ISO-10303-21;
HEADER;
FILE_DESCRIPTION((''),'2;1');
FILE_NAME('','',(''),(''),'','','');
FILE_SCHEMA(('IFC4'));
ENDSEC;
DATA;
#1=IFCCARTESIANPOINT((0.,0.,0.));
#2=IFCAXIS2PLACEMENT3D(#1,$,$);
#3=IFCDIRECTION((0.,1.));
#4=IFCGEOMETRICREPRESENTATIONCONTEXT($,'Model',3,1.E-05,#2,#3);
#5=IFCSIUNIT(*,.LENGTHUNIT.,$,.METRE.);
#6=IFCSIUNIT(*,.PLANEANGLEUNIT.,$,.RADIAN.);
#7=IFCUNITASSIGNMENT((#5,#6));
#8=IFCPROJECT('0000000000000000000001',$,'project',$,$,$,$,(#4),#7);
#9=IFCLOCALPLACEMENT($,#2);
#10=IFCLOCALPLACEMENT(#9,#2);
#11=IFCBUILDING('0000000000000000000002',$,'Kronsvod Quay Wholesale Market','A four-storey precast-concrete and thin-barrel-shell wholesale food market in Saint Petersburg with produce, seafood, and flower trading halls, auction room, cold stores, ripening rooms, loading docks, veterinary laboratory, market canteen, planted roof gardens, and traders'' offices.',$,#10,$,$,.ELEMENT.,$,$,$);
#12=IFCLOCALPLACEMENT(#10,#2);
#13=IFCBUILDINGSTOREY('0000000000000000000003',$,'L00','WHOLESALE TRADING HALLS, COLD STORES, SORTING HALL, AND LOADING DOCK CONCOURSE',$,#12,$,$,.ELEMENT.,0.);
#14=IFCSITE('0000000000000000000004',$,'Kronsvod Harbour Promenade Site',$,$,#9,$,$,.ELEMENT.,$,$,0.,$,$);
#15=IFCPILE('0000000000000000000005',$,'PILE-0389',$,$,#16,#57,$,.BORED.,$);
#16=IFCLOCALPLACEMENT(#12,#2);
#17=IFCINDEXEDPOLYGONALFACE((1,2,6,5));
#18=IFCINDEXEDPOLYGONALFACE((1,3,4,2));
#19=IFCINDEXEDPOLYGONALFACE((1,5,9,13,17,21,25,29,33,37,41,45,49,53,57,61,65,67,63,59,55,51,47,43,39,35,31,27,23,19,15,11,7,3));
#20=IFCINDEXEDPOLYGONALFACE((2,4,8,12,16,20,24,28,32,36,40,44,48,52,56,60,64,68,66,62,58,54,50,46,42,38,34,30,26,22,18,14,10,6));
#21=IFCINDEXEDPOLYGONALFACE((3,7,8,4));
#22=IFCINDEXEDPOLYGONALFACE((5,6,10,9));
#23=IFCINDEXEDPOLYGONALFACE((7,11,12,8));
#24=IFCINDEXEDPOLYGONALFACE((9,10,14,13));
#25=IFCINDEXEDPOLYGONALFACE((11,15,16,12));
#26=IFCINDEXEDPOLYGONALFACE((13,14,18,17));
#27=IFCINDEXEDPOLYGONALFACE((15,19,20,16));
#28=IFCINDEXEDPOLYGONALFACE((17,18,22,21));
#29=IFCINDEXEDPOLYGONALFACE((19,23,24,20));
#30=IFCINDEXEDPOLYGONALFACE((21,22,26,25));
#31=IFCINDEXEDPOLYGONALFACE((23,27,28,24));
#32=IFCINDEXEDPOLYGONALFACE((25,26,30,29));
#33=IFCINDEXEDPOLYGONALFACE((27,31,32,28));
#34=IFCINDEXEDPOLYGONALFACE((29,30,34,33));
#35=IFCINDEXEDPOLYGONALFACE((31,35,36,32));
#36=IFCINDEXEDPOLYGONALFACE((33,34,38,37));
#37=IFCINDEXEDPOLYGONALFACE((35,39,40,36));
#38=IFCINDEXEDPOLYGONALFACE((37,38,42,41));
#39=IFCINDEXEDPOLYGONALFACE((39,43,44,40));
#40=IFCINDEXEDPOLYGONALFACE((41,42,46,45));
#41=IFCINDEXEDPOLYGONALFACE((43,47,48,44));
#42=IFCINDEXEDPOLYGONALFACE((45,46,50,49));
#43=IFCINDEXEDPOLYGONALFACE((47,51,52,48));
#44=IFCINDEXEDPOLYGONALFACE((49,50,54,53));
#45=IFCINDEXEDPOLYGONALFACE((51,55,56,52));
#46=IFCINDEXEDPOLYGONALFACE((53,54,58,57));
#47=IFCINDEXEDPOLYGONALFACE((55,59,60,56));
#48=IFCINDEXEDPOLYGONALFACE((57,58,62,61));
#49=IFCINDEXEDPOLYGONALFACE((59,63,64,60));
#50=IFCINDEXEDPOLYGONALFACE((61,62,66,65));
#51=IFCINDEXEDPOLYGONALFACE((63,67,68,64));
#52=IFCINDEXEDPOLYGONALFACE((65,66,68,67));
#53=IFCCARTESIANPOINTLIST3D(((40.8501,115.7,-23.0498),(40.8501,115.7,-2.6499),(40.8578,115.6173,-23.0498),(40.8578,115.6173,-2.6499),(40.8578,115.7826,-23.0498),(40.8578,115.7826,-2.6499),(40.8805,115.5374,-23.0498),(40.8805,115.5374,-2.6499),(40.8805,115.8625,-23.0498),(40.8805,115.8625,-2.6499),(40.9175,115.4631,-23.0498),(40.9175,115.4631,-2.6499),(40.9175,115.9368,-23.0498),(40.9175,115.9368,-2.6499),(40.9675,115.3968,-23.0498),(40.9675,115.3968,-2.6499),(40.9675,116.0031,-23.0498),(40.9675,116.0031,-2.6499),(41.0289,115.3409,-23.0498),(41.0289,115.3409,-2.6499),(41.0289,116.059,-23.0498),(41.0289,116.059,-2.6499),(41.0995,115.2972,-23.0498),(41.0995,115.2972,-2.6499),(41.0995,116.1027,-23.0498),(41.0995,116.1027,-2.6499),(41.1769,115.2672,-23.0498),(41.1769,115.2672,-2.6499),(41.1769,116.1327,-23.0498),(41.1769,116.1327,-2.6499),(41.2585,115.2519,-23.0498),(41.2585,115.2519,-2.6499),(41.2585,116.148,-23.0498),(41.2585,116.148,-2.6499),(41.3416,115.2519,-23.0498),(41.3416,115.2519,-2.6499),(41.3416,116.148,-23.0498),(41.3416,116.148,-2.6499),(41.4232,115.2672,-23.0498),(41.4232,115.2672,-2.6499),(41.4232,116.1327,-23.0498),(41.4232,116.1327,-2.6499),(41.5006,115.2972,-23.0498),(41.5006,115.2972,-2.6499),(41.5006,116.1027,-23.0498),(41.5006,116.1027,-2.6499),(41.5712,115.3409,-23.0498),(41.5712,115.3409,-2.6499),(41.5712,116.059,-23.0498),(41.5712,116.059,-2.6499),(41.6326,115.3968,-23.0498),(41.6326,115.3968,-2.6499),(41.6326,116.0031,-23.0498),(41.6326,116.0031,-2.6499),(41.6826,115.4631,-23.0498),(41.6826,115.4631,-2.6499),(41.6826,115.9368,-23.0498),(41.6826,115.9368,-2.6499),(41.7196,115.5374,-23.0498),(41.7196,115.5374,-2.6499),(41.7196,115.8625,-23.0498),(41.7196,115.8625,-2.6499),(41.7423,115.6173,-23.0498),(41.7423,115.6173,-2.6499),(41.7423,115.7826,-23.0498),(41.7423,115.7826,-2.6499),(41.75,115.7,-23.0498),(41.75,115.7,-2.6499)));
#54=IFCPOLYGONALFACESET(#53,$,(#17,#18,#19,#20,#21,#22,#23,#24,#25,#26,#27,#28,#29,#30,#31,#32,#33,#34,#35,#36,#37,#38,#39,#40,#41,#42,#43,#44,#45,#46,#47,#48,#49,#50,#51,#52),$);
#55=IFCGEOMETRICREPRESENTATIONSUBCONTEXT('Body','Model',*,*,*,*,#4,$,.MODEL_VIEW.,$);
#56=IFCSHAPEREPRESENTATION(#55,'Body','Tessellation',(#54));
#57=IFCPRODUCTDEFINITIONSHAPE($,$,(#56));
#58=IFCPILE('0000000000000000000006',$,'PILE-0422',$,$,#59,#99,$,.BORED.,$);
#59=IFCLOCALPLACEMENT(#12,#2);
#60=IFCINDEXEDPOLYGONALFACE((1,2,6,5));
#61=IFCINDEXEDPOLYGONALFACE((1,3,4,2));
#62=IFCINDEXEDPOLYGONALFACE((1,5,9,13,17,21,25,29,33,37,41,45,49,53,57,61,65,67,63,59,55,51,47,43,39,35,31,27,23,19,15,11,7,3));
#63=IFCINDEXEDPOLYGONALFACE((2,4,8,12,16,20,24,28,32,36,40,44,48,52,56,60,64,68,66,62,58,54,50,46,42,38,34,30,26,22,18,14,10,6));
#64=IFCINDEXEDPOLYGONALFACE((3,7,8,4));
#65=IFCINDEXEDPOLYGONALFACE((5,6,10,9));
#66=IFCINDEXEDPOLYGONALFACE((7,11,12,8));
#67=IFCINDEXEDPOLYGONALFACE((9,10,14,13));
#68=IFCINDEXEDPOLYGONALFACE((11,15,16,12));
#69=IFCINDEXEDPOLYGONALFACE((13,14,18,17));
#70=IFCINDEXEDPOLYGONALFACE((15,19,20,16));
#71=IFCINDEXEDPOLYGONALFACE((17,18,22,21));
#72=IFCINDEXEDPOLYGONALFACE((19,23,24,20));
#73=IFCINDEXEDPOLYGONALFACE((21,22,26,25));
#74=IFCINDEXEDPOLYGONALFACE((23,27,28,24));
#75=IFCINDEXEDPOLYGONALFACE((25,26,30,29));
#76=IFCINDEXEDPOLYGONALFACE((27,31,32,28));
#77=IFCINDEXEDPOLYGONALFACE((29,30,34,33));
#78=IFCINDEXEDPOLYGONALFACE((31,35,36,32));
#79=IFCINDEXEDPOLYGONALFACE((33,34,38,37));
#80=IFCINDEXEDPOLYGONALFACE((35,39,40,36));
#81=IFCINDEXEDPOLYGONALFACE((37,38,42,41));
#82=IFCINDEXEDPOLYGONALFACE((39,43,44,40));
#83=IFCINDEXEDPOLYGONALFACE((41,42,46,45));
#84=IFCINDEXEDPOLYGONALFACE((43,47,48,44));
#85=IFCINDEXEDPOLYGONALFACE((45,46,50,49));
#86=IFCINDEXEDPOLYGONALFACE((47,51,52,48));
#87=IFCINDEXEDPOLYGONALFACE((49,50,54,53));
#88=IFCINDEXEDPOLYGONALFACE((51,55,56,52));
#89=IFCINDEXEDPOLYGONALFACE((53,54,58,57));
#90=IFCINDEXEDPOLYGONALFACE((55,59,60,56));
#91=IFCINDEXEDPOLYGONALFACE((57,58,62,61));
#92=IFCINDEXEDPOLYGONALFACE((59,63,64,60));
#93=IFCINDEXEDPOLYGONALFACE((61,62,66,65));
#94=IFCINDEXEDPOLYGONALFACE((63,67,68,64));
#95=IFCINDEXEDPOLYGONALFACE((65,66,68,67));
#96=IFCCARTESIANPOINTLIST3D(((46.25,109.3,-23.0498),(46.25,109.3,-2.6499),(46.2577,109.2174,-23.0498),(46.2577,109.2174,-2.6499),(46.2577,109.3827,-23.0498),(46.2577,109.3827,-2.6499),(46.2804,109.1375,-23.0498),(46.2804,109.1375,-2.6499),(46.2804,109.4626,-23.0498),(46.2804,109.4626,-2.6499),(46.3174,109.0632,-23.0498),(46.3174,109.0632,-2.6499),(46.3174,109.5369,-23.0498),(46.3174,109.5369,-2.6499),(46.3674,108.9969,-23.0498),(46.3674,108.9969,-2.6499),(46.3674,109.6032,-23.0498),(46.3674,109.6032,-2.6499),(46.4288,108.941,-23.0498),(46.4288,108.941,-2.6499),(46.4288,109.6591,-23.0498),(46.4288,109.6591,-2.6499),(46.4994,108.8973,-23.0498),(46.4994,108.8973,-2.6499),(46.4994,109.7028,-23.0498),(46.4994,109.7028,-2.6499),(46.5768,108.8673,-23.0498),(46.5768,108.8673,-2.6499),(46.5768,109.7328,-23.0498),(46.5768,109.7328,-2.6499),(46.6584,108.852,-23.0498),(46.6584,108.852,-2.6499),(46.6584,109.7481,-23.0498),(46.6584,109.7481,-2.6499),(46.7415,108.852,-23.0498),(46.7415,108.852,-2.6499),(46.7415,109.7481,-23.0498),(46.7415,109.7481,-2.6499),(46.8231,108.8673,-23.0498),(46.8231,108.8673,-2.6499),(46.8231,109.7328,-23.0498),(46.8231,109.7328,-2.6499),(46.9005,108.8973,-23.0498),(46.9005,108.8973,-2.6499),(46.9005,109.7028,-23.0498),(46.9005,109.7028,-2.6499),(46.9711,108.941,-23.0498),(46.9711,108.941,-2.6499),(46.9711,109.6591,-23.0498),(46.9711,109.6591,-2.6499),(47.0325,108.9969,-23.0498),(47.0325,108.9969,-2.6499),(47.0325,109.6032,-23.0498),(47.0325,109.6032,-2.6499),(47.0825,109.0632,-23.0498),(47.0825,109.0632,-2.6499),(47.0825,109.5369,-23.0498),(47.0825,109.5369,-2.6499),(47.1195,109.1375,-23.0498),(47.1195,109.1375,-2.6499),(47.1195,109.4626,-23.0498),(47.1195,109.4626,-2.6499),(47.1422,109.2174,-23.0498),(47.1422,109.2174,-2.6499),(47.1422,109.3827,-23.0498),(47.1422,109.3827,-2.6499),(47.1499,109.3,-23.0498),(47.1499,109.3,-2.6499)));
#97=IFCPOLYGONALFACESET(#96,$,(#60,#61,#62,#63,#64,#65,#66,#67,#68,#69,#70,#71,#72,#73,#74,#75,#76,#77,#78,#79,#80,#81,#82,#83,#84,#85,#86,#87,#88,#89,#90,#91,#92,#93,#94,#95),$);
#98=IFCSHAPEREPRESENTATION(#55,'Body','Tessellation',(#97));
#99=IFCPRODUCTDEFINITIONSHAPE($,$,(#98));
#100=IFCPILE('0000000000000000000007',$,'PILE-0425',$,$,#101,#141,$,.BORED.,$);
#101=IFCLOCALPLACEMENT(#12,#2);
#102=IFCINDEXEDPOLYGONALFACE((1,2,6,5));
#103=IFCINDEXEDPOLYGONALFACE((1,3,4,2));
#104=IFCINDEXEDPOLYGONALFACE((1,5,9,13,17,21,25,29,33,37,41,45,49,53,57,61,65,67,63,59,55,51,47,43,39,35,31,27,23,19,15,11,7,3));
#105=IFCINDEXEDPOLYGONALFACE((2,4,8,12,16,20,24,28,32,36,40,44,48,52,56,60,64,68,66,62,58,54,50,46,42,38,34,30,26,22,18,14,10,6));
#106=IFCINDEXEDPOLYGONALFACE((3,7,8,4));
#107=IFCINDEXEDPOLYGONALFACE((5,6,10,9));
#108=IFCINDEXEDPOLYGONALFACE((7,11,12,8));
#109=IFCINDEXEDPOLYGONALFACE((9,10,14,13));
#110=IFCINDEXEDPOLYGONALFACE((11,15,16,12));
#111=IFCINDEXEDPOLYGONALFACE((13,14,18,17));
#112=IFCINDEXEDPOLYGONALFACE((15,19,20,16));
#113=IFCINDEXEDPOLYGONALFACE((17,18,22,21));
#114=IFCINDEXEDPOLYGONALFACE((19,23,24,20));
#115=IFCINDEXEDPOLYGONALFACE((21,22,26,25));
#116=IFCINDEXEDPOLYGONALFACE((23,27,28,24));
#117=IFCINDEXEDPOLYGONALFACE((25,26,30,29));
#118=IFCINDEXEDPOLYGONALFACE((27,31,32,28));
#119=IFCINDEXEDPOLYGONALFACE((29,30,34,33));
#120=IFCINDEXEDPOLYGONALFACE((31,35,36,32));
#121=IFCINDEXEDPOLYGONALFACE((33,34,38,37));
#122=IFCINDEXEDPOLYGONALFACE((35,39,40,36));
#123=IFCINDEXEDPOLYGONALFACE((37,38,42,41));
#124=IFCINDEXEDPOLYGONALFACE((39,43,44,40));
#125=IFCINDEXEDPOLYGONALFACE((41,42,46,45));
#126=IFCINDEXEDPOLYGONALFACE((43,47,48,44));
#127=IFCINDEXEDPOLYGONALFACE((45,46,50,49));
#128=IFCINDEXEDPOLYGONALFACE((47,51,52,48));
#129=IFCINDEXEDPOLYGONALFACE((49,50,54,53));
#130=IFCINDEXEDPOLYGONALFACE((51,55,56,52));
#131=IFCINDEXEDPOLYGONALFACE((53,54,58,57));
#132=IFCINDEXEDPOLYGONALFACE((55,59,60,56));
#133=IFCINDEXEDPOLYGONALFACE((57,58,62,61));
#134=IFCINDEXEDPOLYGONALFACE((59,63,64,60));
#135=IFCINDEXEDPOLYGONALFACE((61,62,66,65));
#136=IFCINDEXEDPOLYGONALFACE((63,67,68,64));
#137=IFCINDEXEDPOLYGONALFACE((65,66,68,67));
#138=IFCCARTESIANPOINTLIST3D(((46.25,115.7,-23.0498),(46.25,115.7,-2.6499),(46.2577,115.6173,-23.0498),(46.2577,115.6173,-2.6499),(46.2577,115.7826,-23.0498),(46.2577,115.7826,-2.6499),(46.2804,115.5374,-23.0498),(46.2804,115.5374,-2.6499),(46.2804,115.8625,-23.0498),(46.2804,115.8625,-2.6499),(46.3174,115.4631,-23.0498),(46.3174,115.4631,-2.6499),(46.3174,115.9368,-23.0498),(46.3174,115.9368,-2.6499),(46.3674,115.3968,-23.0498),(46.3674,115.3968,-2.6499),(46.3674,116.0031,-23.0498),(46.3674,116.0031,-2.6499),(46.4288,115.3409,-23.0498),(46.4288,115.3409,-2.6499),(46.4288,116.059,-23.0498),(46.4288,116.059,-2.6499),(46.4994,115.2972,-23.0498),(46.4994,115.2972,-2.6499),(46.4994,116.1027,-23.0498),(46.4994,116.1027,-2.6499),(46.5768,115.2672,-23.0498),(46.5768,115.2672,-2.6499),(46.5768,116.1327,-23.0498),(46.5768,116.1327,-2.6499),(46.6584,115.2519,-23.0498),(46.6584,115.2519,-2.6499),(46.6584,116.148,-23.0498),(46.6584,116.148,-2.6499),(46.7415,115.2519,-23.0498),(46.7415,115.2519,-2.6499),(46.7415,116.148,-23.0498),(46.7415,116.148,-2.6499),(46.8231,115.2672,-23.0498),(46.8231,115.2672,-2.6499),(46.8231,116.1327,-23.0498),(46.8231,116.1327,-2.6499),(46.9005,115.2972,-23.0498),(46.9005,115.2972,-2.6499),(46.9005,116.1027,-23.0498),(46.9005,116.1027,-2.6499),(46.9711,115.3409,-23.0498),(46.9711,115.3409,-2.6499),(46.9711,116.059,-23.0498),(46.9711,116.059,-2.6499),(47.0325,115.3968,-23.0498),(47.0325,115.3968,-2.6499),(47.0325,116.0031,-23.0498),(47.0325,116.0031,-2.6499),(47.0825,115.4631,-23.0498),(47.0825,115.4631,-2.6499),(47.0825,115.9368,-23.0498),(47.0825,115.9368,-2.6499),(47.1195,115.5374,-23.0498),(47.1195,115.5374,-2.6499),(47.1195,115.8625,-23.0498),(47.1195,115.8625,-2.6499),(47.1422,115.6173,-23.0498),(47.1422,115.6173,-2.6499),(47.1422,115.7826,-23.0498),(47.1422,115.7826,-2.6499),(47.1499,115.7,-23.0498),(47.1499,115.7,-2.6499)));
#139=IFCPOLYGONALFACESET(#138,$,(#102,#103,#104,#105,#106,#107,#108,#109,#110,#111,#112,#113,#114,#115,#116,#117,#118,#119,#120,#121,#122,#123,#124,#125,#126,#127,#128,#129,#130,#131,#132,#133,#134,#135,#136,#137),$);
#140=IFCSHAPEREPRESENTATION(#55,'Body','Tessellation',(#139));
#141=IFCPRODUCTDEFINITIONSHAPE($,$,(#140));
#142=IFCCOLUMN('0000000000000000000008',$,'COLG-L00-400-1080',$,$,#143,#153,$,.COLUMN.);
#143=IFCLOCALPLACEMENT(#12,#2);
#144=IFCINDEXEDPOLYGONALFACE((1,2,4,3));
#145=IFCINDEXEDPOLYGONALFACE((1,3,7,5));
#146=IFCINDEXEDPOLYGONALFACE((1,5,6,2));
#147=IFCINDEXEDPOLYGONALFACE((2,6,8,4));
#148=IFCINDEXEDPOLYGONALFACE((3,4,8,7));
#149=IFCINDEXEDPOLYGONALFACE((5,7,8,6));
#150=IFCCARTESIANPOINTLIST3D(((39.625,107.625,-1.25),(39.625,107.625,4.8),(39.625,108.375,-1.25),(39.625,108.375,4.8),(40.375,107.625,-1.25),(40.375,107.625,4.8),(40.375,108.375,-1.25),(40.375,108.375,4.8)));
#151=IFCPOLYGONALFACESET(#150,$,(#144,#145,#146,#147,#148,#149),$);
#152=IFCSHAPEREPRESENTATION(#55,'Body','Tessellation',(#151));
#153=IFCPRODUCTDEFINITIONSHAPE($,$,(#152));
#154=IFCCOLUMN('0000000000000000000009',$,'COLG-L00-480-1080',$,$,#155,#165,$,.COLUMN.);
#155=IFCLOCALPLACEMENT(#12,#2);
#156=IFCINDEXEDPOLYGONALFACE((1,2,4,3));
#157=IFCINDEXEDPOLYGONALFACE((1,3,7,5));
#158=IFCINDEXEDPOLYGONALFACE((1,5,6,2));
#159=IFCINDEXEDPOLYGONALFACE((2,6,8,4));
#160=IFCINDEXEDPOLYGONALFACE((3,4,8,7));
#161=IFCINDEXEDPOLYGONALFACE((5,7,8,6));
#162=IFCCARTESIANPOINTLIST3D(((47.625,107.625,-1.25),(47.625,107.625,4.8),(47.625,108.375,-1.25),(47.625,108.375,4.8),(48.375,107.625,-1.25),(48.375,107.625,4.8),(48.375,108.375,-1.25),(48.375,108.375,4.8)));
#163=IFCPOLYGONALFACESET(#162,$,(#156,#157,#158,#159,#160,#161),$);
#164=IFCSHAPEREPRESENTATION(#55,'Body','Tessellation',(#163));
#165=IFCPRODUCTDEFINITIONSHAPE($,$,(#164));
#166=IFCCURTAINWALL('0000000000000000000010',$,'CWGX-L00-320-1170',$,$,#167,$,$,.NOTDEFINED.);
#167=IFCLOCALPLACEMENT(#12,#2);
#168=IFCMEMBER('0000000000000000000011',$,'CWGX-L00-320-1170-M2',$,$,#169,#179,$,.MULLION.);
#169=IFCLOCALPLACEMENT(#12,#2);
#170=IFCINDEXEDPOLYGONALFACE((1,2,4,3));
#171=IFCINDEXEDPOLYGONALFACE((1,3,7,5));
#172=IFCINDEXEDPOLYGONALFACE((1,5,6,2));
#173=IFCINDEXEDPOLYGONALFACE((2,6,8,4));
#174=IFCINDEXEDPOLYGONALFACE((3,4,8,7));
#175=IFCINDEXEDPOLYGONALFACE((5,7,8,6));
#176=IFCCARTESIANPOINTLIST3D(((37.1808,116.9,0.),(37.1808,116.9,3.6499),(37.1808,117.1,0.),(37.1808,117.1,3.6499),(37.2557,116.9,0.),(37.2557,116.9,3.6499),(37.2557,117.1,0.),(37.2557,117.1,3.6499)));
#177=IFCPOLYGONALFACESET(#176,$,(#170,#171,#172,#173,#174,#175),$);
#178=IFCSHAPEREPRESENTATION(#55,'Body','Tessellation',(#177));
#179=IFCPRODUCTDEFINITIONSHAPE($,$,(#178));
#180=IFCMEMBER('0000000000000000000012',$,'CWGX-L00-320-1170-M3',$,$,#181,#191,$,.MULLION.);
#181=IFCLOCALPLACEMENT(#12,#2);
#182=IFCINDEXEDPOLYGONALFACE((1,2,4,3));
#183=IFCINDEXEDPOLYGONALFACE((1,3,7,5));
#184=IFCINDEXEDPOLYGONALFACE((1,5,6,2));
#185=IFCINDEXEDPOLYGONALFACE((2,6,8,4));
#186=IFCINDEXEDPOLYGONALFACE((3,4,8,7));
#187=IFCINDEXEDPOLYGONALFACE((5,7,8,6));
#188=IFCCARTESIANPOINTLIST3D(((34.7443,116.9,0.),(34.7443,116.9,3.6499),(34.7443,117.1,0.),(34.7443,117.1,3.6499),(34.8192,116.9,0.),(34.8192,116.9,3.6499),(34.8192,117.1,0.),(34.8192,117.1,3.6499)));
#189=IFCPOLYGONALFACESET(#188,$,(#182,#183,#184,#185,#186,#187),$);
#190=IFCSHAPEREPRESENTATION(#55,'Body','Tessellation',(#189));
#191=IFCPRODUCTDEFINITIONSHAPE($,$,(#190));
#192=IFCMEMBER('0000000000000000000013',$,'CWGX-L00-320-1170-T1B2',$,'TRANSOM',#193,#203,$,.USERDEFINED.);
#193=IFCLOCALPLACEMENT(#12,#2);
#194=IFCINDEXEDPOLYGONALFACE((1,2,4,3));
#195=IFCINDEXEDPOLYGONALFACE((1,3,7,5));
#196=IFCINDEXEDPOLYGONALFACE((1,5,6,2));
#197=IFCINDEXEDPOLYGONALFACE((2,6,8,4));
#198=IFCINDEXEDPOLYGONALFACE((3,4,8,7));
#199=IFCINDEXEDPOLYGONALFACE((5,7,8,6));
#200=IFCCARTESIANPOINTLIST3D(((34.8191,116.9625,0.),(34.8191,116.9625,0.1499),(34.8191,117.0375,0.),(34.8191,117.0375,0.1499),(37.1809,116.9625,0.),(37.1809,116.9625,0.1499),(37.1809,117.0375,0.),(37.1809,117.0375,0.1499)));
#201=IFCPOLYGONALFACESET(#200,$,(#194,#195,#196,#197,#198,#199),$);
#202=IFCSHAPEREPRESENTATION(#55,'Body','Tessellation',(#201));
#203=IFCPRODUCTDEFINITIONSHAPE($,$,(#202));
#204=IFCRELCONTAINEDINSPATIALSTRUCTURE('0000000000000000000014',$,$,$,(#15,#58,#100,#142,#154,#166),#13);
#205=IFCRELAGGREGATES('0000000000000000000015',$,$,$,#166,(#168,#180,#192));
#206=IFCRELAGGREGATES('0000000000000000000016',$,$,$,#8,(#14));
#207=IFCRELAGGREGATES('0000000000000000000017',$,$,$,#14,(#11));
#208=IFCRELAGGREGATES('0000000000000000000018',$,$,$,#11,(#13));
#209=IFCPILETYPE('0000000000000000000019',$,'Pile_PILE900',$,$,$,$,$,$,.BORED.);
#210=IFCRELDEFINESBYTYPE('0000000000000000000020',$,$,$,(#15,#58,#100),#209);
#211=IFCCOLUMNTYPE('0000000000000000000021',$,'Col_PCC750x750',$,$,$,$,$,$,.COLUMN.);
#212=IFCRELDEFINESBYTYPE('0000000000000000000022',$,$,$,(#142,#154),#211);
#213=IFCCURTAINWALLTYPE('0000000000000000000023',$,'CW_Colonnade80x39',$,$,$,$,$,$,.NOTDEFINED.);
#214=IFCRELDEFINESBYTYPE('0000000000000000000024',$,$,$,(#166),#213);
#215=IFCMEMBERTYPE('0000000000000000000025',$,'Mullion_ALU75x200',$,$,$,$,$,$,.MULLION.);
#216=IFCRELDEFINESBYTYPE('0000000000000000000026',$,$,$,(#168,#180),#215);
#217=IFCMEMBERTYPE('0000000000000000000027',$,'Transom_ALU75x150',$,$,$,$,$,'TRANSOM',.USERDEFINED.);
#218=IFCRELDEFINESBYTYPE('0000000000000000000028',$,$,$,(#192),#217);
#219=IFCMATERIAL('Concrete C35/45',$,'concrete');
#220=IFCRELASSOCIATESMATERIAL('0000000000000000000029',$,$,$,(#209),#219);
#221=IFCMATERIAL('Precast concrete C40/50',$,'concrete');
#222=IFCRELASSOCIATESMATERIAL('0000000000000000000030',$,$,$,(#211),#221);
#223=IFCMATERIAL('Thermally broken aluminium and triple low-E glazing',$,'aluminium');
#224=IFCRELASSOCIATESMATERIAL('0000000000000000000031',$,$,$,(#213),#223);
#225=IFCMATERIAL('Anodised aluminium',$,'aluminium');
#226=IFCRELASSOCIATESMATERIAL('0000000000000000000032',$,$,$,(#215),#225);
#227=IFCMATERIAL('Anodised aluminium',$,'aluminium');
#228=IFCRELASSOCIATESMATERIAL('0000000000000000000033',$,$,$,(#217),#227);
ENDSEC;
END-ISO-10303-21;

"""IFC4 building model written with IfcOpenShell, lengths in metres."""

from ifc_helpers import new_model, si_unit, direction, frame, origin, origin_2d, place, context, subcontext, project, spatial, rectangle, circle, extrude, material, material_profile, profile_set, type_object, element, aggregate, save


model = new_model("IFC4")

# Units and contexts
model_context = context("Model", 3, precision=1e-05, world=origin(), true_north=direction((0.0, 1.0)))
body_context = subcontext(model_context, "Body", "Model", "MODEL_VIEW")
ifc_project = project(units=[si_unit("LENGTHUNIT", "METRE"), si_unit("PLANEANGLEUNIT", "RADIAN")], contexts=[model_context])

# Site, building, storey
site_placement = place(None, origin())
site = spatial("IfcSite", under=ifc_project, at=site_placement, Name="Kronsvod Harbour Promenade Site", CompositionType="ELEMENT", RefElevation=0.0)
building_placement = place(site_placement, origin())
building = spatial("IfcBuilding", under=site, at=building_placement, Name="Kronsvod Quay Wholesale Market", Description="A four-storey precast-concrete and thin-barrel-shell wholesale food market in Saint Petersburg with produce, seafood, and flower trading halls, auction room, cold stores, ripening rooms, loading docks, veterinary laboratory, market canteen, planted roof gardens, and traders' offices.", CompositionType="ELEMENT")
storey_placement = place(building_placement, origin())
storey = spatial("IfcBuildingStorey", under=building, at=storey_placement, Name="L00", Description="WHOLESALE TRADING HALLS, COLD STORES, SORTING HALL, AND LOADING DOCK CONCOURSE", CompositionType="ELEMENT", Elevation=0.0)

# Piles
ifc_material_1 = material(Name="Concrete C35/45", Category="concrete")
ifc_material_profile_1 = material_profile(ifc_material_1, circle(Radius=0.45, at=origin_2d()), Name="PILE900")
ifc_profile_set_1 = profile_set([ifc_material_profile_1], Name="Concrete C35/45")
pile_type = type_object("IfcPileType", Name="Pile_PILE900", PredefinedType="BORED", material=ifc_profile_set_1)
for number, where, z_axis, x_axis, name in (
    (1, (41.3, 115.7, -2.6499), (0.0, 0.0, -1.0), (1.0, 0.0, 0.0), "PILE-0389"),
    (2, (46.7, 109.3, -2.6499), (0.0, 0.0, -1.0), (1.0, 0.0, 0.0), "PILE-0422"),
    (3, (46.7, 115.7, -2.6499), (0.0, 0.0, -1.0), (1.0, 0.0, 0.0), "PILE-0425"),
):
    element("IfcPile", number, at=place(storey_placement, frame(where, z_axis=z_axis, x_axis=x_axis)), inside=storey, type_object=pile_type, Name=name, PredefinedType="BORED", context=body_context, shape_type="SweptSolid", body=[
        extrude(circle(Radius=0.45, at=origin_2d()), origin(), (0.0, 0.0, 1.0), 20.3999),
    ])

# Columns
ifc_material_2 = material(Name="Precast concrete C40/50", Category="concrete")
ifc_material_profile_2 = material_profile(ifc_material_2, rectangle(XDim=0.75, YDim=0.75, at=origin_2d()), Name="COL-07")
ifc_profile_set_2 = profile_set([ifc_material_profile_2], Name="Precast concrete C40/50")
column_type = type_object("IfcColumnType", Name="Col_PCC750x750", PredefinedType="COLUMN", material=ifc_profile_set_2)
for number, where, z_axis, x_axis, name in (
    (4, (40.0, 108.0, -1.25), (0.0, 0.0, 1.0), (1.0, 0.0, 0.0), "COLG-L00-400-1080"),
    (5, (48.0, 108.0, -1.25), (0.0, 0.0, 1.0), (1.0, 0.0, 0.0), "COLG-L00-480-1080"),
):
    element("IfcColumn", number, at=place(storey_placement, frame(where, z_axis=z_axis, x_axis=x_axis)), inside=storey, type_object=column_type, Name=name, PredefinedType="COLUMN", context=body_context, shape_type="SweptSolid", body=[
        extrude(rectangle(XDim=0.75, YDim=0.75, at=origin_2d()), origin(), (0.0, 0.0, 1.0), 6.05),
    ])

# Curtain wall, members
ifc_material_3 = material(Name="Thermally broken aluminium and triple low-E glazing", Category="aluminium")
curtain_wall_type = type_object("IfcCurtainWallType", Name="CW_Colonnade80x39", PredefinedType="NOTDEFINED", material=ifc_material_3)
curtain_wall_placement = place(storey_placement, origin())
curtain_wall = element("IfcCurtainWall", 6, at=curtain_wall_placement, inside=storey, type_object=curtain_wall_type, Name="CWGX-L00-320-1170", PredefinedType="NOTDEFINED")
ifc_material_4 = material(Name="Anodised aluminium", Category="aluminium")
ifc_material_profile_3 = material_profile(ifc_material_4, rectangle(XDim=0.075, YDim=0.2, at=origin_2d()), Name="ALUM75x200")
ifc_profile_set_3 = profile_set([ifc_material_profile_3], Name="Anodised aluminium")
member_type_1 = type_object("IfcMemberType", Name="Mullion_ALU75x200", PredefinedType="MULLION", material=ifc_profile_set_3)
member_1_placement = place(storey_placement, frame((37.2183, 117.0, 0.0), z_axis=(0.0, 0.0, 1.0), x_axis=(1.0, 0.0, 0.0)))
member_1 = element("IfcMember", 7, at=member_1_placement, type_object=member_type_1, Name="CWGX-L00-320-1170-M2", PredefinedType="MULLION", context=body_context, shape_type="SweptSolid", body=[
    extrude(rectangle(XDim=0.075, YDim=0.2, at=origin_2d()), origin(), (0.0, 0.0, 1.0), 3.6499),
])
member_2_placement = place(storey_placement, frame((34.7817, 117.0, 0.0), z_axis=(0.0, 0.0, 1.0), x_axis=(1.0, 0.0, 0.0)))
member_2 = element("IfcMember", 8, at=member_2_placement, type_object=member_type_1, Name="CWGX-L00-320-1170-M3", PredefinedType="MULLION", context=body_context, shape_type="SweptSolid", body=[
    extrude(rectangle(XDim=0.075, YDim=0.2, at=origin_2d()), origin(), (0.0, 0.0, 1.0), 3.6499),
])
ifc_material_5 = material(Name="Anodised aluminium", Category="aluminium")
ifc_material_profile_4 = material_profile(ifc_material_5, rectangle(XDim=0.075, YDim=0.1499, at=origin_2d()), Name="ALUT75x150")
ifc_profile_set_4 = profile_set([ifc_material_profile_4], Name="Anodised aluminium")
member_type_2 = type_object("IfcMemberType", Name="Transom_ALU75x150", ElementType="TRANSOM", PredefinedType="USERDEFINED", material=ifc_profile_set_4)
member_3_placement = place(storey_placement, frame((37.1809, 117.0, 0.075), z_axis=(-1.0, 0.0, 0.0), x_axis=(0.0, -1.0, 0.0)))
member_3 = element("IfcMember", 9, at=member_3_placement, type_object=member_type_2, Name="CWGX-L00-320-1170-T1B2", ObjectType="TRANSOM", PredefinedType="USERDEFINED", context=body_context, shape_type="SweptSolid", body=[
    extrude(rectangle(XDim=0.075, YDim=0.1499, at=origin_2d()), origin(), (0.0, 0.0, 1.0), 2.3618),
])
aggregate(curtain_wall, [member_1, member_2, member_3])

save(model, "model.ifc")
